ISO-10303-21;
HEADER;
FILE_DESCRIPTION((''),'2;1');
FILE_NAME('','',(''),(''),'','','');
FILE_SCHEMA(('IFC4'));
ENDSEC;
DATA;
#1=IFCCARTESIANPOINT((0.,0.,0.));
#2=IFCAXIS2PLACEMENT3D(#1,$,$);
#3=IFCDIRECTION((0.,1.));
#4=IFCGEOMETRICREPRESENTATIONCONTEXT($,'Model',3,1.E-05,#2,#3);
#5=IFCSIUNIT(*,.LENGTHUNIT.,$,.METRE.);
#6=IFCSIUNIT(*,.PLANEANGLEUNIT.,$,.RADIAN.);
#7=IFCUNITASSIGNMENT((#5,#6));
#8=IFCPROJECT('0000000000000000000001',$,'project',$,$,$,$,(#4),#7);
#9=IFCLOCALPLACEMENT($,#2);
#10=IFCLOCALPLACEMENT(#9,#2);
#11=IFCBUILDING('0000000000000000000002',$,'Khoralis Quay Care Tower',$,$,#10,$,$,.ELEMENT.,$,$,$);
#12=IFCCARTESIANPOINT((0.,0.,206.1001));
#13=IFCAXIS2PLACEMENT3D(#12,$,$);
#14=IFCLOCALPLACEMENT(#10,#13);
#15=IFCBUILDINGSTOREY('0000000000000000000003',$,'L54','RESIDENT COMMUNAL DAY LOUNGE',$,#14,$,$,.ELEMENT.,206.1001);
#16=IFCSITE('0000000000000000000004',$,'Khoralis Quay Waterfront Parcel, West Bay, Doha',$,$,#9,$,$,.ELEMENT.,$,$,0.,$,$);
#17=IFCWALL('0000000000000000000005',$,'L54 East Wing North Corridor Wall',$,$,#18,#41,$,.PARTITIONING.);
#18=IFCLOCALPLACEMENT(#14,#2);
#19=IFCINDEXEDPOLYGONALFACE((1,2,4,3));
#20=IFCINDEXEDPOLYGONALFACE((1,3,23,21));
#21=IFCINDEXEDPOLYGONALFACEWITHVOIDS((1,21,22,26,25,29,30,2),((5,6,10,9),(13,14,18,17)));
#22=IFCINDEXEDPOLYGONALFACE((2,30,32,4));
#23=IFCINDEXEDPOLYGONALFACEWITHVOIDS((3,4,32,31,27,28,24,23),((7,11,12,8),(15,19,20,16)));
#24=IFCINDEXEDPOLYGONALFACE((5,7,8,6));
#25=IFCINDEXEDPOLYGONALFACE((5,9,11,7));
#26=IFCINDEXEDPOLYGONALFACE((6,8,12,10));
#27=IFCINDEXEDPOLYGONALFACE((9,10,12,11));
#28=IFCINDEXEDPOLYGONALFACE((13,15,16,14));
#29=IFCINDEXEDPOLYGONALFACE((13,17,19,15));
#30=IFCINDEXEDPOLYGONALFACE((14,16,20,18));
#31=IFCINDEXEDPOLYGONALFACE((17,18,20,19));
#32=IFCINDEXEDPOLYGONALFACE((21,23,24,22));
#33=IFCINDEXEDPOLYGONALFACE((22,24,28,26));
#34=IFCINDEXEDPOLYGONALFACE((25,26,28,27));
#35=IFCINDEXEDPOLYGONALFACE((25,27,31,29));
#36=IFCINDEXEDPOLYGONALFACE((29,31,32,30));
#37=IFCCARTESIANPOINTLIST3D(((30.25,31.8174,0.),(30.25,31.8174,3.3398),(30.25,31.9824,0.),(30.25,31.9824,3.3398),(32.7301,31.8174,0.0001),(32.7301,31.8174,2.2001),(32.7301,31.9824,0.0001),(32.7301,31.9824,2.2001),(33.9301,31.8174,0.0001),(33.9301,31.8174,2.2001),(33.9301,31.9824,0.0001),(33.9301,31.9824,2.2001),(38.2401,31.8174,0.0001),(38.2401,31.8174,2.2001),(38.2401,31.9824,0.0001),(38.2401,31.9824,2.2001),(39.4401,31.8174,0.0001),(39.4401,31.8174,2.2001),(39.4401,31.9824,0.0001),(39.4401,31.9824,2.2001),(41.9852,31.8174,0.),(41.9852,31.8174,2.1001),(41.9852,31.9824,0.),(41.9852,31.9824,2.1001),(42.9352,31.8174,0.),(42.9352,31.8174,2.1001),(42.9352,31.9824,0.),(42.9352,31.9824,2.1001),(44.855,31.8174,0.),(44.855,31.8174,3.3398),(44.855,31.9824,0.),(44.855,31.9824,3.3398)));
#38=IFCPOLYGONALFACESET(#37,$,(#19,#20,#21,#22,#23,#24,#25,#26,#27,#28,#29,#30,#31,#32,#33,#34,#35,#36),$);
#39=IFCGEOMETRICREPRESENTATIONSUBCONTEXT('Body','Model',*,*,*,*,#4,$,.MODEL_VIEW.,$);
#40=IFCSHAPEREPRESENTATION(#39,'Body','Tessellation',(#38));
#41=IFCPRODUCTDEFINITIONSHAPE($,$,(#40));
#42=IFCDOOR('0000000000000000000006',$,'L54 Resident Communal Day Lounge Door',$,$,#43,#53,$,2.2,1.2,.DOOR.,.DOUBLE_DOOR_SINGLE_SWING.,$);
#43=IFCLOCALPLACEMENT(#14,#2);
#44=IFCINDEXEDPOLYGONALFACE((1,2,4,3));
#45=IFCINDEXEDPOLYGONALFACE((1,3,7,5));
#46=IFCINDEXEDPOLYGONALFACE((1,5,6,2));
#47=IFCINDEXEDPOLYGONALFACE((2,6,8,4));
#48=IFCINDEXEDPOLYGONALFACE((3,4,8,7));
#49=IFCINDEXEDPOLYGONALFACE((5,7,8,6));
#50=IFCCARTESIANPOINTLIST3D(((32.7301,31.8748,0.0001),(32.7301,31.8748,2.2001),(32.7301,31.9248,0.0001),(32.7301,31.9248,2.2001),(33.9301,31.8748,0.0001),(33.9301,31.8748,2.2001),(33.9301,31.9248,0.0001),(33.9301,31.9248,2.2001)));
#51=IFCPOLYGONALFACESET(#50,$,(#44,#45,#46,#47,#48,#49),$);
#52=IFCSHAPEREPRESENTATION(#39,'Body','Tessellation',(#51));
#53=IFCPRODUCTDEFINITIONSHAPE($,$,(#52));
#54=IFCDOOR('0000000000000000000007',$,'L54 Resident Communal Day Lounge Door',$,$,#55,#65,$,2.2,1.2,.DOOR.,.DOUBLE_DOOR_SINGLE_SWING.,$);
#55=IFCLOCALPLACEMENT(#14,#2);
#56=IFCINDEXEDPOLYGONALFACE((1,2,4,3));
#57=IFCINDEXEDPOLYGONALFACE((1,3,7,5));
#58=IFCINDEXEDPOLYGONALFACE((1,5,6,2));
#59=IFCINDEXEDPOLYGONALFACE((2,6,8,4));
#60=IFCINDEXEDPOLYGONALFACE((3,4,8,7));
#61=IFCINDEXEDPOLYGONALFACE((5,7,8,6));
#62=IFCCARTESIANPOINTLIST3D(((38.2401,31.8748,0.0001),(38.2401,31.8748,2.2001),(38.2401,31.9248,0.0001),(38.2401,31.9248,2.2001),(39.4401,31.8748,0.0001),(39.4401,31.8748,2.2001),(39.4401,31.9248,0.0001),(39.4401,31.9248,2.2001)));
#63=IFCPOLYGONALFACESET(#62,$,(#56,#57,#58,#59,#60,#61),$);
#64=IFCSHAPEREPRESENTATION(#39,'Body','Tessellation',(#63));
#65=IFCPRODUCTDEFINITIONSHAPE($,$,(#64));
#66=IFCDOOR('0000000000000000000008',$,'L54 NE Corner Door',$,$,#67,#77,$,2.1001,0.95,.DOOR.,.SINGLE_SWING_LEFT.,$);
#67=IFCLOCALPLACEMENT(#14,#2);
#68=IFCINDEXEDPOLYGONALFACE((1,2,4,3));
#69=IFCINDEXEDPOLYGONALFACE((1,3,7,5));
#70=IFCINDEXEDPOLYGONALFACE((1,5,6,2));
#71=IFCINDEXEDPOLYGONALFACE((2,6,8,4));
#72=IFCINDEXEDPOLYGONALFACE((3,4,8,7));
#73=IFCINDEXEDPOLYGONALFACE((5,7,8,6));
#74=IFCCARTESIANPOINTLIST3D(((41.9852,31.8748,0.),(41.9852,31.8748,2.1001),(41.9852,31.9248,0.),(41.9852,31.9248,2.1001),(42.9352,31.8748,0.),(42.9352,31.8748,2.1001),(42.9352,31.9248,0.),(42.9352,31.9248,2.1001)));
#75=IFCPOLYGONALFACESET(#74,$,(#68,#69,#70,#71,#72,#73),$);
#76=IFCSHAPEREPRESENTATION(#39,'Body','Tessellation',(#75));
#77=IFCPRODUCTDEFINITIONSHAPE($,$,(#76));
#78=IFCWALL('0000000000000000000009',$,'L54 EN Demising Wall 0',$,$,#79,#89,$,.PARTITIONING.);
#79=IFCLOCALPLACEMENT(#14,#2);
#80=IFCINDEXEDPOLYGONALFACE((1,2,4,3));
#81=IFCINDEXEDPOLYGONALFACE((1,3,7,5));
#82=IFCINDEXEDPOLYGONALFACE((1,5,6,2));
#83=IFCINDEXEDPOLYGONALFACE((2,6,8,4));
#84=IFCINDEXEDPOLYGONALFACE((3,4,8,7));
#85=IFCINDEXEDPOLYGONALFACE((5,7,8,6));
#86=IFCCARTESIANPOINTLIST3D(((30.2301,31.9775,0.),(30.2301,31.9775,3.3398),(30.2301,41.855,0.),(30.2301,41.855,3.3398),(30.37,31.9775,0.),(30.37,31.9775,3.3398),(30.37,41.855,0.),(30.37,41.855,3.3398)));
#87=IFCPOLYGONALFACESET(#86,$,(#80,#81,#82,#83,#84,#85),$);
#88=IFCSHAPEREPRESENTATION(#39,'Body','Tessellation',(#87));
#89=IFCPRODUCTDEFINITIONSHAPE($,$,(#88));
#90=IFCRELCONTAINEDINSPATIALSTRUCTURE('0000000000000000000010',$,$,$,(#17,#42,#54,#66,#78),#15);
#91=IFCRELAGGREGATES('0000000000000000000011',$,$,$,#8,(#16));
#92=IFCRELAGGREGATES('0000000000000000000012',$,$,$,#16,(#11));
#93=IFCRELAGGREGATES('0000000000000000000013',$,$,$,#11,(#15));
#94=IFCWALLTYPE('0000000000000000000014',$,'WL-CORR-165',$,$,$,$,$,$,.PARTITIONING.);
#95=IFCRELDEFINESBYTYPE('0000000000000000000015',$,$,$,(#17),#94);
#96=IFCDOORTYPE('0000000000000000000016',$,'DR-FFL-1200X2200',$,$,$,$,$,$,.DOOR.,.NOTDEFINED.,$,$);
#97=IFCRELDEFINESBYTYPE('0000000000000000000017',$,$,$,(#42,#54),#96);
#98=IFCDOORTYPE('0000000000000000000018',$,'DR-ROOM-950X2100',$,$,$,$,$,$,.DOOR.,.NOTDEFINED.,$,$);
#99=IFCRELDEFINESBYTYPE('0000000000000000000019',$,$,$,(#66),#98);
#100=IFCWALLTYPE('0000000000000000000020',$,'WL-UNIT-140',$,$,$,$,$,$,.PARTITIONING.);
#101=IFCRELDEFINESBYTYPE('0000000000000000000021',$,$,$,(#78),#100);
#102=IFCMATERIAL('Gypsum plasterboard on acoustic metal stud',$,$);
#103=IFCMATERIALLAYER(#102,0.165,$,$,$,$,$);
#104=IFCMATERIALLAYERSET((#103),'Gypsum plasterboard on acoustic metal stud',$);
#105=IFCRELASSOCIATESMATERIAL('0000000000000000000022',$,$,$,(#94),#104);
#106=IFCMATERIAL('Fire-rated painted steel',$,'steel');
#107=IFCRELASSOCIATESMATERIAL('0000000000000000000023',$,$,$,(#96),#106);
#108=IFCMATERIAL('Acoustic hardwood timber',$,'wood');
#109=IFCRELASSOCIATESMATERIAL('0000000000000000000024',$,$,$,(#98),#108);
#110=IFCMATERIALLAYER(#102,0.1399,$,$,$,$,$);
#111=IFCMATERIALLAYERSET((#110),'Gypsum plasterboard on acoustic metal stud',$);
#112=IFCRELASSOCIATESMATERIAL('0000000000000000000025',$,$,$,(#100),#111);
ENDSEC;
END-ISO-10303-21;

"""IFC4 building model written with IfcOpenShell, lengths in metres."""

from ifc_helpers import new_model, si_unit, direction, frame, frame_2d, origin, place, context, subcontext, project, spatial, rectangle, extrude, source, transform, mapped, material, layer, layer_set, type_object, element, fill, save


model = new_model("IFC4")

# Units and contexts
model_context = context("Model", 3, precision=1e-05, world=origin(), true_north=direction((0.0, 1.0)))
body_context = subcontext(model_context, "Body", "Model", "MODEL_VIEW")
ifc_project = project(units=[si_unit("LENGTHUNIT", "METRE"), si_unit("PLANEANGLEUNIT", "RADIAN")], contexts=[model_context])

# Site, building, storey
site_placement = place(None, origin())
site = spatial("IfcSite", under=ifc_project, at=site_placement, Name="Khoralis Quay Waterfront Parcel, West Bay, Doha", CompositionType="ELEMENT", RefElevation=0.0)
building_placement = place(site_placement, origin())
building = spatial("IfcBuilding", under=site, at=building_placement, Name="Khoralis Quay Care Tower", CompositionType="ELEMENT")
storey_placement = place(building_placement, frame((0.0, 0.0, 206.1001)))
storey = spatial("IfcBuildingStorey", under=building, at=storey_placement, Name="L54", Description="RESIDENT COMMUNAL DAY LOUNGE", CompositionType="ELEMENT", Elevation=206.1001)

# Wall, openings, doors
ifc_material_1 = material(Name="Gypsum plasterboard on acoustic metal stud")
ifc_layer_1 = layer(ifc_material_1, 0.165)
ifc_layer_set_1 = layer_set([ifc_layer_1], Name="Gypsum plasterboard on acoustic metal stud")
wall_type_1 = type_object("IfcWallType", Name="WL-CORR-165", PredefinedType="PARTITIONING", material=ifc_layer_set_1)
wall_1_placement = place(storey_placement, frame((30.25, 31.8999, 0.0), z_axis=(0.0, 0.0, 1.0), x_axis=(1.0, 0.0, 0.0)))
wall_1 = element("IfcWall", 1, at=wall_1_placement, inside=storey, type_object=wall_type_1, Name="L54 East Wing North Corridor Wall", PredefinedType="PARTITIONING", context=body_context, shape_type="SweptSolid", body=[
    extrude(rectangle(XDim=14.605, YDim=0.165, at=frame_2d((7.3025, 0.0))), origin(), (0.0, 0.0, 1.0), 3.3398),
])
opening_1_placement = place(wall_1_placement, frame((2.48, 0.0, 0.0)))
opening_1 = element("IfcOpeningElement", 2, at=opening_1_placement, cuts=wall_1, PredefinedType="OPENING", context=body_context, shape_type="SweptSolid", body=[
    extrude(rectangle(XDim=1.2, YDim=2.2, at=frame_2d((0.6001, 1.1001))), frame((0.0, 0.0925, 0.0), z_axis=(0.0, -1.0, 0.0), x_axis=(1.0, 0.0, 0.0)), (0.0, 0.0, 1.0), 0.1851),
])
opening_2_placement = place(wall_1_placement, frame((7.99, 0.0, 0.0)))
opening_2 = element("IfcOpeningElement", 3, at=opening_2_placement, cuts=wall_1, PredefinedType="OPENING", context=body_context, shape_type="SweptSolid", body=[
    extrude(rectangle(XDim=1.2, YDim=2.2, at=frame_2d((0.6001, 1.1001))), frame((0.0, 0.0925, 0.0), z_axis=(0.0, -1.0, 0.0), x_axis=(1.0, 0.0, 0.0)), (0.0, 0.0, 1.0), 0.1851),
])
opening_3_placement = place(wall_1_placement, frame((11.7351, 0.0, 0.0)))
opening_3 = element("IfcOpeningElement", 4, at=opening_3_placement, cuts=wall_1, PredefinedType="OPENING", context=body_context, shape_type="SweptSolid", body=[
    extrude(rectangle(XDim=0.95, YDim=2.1001, at=frame_2d((0.4751, 1.05))), frame((0.0, 0.0925, 0.0), z_axis=(0.0, -1.0, 0.0), x_axis=(1.0, 0.0, 0.0)), (0.0, 0.0, 1.0), 0.1851),
])
ifc_material_2 = material(Name="Fire-rated painted steel", Category="steel")
door_type_1 = type_object("IfcDoorType", Name="DR-FFL-1200X2200", OperationType="NOTDEFINED", PredefinedType="DOOR", material=ifc_material_2)
shared_shape_1 = source(origin(), body_context, "Body", "SweptSolid", [
    extrude(rectangle(XDim=1.2, YDim=2.2, at=frame_2d((0.6001, 1.1001))), frame((0.0, 0.0249, 0.0), z_axis=(0.0, -1.0, 0.0), x_axis=(1.0, 0.0, 0.0)), (0.0, 0.0, 1.0), 0.05),
])
door_1_placement = place(opening_1_placement, origin())
door_1 = element("IfcDoor", 5, at=door_1_placement, inside=storey, type_object=door_type_1, Name="L54 Resident Communal Day Lounge Door", OperationType="DOUBLE_DOOR_SINGLE_SWING", OverallHeight=2.2, OverallWidth=1.2, PredefinedType="DOOR", context=body_context, shape_type="MappedRepresentation", body=[
    mapped(shared_shape_1, transform((0.0, 0.0, 0.0), scale=1.0)),
])
fill(opening_1, door_1)
door_2_placement = place(opening_2_placement, origin())
door_2 = element("IfcDoor", 6, at=door_2_placement, inside=storey, type_object=door_type_1, Name="L54 Resident Communal Day Lounge Door", OperationType="DOUBLE_DOOR_SINGLE_SWING", OverallHeight=2.2, OverallWidth=1.2, PredefinedType="DOOR", context=body_context, shape_type="MappedRepresentation", body=[
    mapped(shared_shape_1, transform((0.0, 0.0, 0.0), scale=1.0)),
])
fill(opening_2, door_2)
ifc_material_3 = material(Name="Acoustic hardwood timber", Category="wood")
door_type_2 = type_object("IfcDoorType", Name="DR-ROOM-950X2100", OperationType="NOTDEFINED", PredefinedType="DOOR", material=ifc_material_3)
shared_shape_2 = source(origin(), body_context, "Body", "SweptSolid", [
    extrude(rectangle(XDim=0.95, YDim=2.1001, at=frame_2d((0.4751, 1.05))), frame((0.0, 0.0249, 0.0), z_axis=(0.0, -1.0, 0.0), x_axis=(1.0, 0.0, 0.0)), (0.0, 0.0, 1.0), 0.05),
])
door_3_placement = place(opening_3_placement, origin())
door_3 = element("IfcDoor", 7, at=door_3_placement, inside=storey, type_object=door_type_2, Name="L54 NE Corner Door", OperationType="SINGLE_SWING_LEFT", OverallHeight=2.1001, OverallWidth=0.95, PredefinedType="DOOR", context=body_context, shape_type="MappedRepresentation", body=[
    mapped(shared_shape_2, transform((0.0, 0.0, 0.0), scale=1.0)),
])
fill(opening_3, door_3)

# Wall
ifc_layer_2 = layer(ifc_material_1, 0.1399)
ifc_layer_set_2 = layer_set([ifc_layer_2], Name="Gypsum plasterboard on acoustic metal stud")
wall_type_2 = type_object("IfcWallType", Name="WL-UNIT-140", PredefinedType="PARTITIONING", material=ifc_layer_set_2)
wall_2_placement = place(storey_placement, frame((30.3, 31.9775, 0.0), z_axis=(0.0, 0.0, 1.0), x_axis=(0.0, 1.0, 0.0)))
element("IfcWall", 8, at=wall_2_placement, inside=storey, type_object=wall_type_2, Name="L54 EN Demising Wall 0", PredefinedType="PARTITIONING", context=body_context, shape_type="SweptSolid", body=[
    extrude(rectangle(XDim=9.8774, YDim=0.1399, at=frame_2d((4.9387, 0.0))), origin(), (0.0, 0.0, 1.0), 3.3398),
])

save(model, "model.ifc")
